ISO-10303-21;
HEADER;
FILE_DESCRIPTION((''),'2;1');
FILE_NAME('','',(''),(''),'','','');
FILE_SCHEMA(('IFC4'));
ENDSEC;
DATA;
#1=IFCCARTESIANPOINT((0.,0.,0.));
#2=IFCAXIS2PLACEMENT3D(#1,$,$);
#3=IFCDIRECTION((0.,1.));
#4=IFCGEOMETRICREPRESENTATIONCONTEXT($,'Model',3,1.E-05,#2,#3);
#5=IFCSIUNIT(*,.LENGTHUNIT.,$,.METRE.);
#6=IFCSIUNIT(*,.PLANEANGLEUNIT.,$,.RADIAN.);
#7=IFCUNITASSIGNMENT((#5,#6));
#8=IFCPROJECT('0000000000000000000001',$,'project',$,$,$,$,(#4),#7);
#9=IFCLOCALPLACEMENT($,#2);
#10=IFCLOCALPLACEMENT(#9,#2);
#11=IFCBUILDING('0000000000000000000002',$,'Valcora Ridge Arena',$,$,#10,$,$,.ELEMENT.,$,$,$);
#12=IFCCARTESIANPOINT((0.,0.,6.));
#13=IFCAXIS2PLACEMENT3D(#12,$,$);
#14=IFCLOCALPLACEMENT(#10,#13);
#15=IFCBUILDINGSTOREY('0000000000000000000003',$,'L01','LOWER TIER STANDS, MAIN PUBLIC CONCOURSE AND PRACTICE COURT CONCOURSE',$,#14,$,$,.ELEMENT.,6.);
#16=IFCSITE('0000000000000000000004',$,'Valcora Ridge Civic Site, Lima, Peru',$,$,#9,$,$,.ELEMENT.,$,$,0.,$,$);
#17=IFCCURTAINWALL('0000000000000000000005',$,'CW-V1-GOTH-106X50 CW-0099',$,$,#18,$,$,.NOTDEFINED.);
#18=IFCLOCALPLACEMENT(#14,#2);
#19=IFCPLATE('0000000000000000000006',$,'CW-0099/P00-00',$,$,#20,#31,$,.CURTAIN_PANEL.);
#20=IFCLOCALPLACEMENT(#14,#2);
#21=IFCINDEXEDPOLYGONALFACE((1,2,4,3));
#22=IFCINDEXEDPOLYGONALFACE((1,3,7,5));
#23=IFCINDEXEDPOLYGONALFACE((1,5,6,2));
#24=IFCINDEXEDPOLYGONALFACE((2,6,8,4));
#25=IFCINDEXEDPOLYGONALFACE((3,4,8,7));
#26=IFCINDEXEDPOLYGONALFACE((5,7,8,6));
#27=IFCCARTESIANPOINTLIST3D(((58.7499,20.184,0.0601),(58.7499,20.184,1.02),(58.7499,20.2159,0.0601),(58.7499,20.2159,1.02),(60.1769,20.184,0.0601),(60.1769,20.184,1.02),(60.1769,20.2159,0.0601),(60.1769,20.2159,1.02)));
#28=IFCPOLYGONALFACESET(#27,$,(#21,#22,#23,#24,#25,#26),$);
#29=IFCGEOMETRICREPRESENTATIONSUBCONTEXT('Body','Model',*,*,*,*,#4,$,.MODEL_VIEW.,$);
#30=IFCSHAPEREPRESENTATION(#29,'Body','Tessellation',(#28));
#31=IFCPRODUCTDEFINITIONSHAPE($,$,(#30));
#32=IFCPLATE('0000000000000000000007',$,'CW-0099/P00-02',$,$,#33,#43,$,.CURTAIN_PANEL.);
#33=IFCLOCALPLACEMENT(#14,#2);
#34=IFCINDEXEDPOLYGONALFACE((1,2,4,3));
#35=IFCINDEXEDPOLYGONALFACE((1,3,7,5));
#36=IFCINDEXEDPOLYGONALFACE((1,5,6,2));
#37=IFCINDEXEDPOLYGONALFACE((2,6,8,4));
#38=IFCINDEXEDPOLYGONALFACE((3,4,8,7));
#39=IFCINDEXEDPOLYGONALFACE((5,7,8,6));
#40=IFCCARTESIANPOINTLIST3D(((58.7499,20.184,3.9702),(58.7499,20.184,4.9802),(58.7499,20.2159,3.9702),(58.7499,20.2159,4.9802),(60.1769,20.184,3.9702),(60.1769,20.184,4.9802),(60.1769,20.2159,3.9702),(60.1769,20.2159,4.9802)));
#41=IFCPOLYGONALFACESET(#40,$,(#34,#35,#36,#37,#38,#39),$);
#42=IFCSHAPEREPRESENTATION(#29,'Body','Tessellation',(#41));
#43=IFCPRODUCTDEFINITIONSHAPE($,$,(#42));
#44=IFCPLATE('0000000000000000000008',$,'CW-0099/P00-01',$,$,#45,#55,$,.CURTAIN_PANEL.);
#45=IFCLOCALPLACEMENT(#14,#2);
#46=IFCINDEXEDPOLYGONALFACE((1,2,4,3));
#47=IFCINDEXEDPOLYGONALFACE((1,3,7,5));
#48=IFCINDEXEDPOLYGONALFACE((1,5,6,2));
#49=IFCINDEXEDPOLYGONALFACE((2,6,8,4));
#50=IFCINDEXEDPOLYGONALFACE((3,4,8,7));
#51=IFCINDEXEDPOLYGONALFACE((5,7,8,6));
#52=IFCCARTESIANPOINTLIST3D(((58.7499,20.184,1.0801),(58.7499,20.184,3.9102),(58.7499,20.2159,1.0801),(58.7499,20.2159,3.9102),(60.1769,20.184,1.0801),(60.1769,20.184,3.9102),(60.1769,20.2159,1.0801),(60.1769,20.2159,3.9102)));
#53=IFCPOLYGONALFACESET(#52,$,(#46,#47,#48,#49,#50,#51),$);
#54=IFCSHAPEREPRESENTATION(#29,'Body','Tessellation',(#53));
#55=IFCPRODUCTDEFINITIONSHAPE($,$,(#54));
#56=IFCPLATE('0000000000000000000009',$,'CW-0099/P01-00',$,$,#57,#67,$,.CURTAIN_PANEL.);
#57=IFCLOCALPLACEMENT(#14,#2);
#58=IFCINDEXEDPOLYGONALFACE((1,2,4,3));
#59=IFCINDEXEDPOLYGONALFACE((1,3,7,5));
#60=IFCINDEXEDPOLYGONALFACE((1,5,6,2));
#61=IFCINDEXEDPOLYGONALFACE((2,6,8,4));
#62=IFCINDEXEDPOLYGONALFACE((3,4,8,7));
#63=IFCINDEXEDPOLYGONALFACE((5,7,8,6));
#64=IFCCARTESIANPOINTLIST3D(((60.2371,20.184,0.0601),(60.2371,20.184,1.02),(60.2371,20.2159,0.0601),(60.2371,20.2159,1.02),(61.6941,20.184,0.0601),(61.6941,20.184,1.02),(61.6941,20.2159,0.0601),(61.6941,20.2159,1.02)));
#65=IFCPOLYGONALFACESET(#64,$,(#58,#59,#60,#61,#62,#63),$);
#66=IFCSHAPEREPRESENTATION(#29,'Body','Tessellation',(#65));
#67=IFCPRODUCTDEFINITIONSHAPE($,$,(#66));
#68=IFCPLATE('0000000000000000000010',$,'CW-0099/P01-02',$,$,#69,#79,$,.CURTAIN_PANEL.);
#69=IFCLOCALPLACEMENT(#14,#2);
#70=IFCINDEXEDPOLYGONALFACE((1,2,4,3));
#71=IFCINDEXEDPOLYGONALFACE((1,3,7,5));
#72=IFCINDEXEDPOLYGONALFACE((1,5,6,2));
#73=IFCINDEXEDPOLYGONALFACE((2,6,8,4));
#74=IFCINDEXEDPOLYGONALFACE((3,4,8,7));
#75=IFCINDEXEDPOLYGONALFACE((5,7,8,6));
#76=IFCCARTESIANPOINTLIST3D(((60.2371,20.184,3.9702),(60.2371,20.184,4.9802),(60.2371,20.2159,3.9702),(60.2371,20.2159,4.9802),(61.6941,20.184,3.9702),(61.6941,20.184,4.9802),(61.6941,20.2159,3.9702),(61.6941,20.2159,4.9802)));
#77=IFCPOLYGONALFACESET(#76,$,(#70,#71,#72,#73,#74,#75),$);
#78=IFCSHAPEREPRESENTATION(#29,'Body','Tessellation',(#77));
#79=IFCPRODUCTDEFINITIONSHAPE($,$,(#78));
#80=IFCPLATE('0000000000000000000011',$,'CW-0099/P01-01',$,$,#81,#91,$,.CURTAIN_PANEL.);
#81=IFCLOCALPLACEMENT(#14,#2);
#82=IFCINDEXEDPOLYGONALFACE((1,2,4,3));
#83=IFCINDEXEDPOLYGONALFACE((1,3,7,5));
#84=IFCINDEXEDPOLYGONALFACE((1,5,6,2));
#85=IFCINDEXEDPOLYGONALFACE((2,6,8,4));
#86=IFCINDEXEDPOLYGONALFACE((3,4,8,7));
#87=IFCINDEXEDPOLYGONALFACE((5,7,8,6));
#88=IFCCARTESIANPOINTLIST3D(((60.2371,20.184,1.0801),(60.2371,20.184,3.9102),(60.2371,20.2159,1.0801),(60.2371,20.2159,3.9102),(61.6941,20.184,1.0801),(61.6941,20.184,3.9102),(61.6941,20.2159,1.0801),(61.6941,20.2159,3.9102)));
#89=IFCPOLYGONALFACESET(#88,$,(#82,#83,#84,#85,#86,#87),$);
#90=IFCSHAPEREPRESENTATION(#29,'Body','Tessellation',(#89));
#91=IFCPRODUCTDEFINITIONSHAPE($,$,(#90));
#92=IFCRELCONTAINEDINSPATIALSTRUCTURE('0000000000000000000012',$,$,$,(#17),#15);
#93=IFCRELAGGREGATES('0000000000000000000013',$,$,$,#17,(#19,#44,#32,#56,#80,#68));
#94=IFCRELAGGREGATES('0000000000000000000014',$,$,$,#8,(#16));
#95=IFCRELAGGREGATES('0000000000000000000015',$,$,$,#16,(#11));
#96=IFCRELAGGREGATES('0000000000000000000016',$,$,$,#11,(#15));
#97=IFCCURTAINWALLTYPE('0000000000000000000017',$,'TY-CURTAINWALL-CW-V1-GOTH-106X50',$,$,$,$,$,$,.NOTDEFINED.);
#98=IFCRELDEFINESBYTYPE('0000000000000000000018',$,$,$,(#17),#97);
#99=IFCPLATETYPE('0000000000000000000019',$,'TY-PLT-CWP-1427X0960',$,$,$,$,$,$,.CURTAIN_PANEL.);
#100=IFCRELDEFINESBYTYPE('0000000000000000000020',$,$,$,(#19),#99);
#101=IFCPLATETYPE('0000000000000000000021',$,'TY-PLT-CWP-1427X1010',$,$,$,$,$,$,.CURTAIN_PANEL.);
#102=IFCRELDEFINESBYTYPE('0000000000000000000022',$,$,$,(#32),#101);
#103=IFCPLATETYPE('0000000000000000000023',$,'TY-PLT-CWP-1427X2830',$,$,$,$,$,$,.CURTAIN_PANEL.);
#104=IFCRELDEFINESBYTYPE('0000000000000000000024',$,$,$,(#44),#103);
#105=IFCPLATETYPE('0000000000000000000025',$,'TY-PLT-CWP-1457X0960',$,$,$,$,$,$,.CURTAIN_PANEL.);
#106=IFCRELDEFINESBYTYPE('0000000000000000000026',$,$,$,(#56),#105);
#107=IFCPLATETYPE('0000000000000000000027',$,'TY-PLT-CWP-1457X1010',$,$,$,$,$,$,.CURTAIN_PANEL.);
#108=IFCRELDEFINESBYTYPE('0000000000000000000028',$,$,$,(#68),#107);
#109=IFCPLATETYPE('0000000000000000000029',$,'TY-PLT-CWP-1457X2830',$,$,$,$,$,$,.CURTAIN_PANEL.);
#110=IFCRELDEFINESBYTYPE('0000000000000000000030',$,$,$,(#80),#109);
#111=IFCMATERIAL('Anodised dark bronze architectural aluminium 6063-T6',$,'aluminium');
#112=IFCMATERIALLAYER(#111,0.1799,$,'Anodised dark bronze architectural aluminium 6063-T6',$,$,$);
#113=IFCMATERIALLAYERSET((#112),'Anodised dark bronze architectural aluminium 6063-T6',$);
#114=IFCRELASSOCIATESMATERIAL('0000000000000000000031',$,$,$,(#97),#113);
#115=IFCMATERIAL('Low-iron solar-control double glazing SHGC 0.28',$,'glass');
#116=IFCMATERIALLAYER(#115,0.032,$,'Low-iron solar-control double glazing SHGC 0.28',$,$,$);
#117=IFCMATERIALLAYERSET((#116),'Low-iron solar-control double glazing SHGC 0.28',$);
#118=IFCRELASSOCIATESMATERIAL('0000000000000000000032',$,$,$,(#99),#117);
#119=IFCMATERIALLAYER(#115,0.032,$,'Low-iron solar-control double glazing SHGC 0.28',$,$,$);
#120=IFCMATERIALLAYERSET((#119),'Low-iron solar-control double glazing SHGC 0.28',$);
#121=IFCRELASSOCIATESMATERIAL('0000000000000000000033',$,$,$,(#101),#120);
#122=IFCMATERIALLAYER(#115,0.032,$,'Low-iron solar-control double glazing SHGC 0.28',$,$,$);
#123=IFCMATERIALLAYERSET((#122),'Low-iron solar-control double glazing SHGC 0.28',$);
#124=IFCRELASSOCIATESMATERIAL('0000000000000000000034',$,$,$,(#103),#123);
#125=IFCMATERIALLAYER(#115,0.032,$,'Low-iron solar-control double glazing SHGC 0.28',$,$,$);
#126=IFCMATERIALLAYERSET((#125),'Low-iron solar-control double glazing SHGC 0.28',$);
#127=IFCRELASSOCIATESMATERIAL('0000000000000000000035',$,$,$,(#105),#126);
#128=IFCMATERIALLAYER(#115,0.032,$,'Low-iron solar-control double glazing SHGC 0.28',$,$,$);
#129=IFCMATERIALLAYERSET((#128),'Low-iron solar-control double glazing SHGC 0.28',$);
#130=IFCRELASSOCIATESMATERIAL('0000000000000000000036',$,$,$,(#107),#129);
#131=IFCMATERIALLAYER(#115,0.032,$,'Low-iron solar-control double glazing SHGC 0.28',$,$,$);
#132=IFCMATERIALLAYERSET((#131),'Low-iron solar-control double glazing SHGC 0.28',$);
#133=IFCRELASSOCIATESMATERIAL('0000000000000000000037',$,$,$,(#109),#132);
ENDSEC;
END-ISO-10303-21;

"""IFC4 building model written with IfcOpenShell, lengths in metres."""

from ifc_helpers import new_model, si_unit, direction, frame, origin, origin_2d, place, context, subcontext, project, spatial, rectangle, extrude, material, layer, layer_set, type_object, element, aggregate, save


model = new_model("IFC4")

# Units and contexts
model_context = context("Model", 3, precision=1e-05, world=origin(), true_north=direction((0.0, 1.0)))
body_context = subcontext(model_context, "Body", "Model", "MODEL_VIEW")
ifc_project = project(units=[si_unit("LENGTHUNIT", "METRE"), si_unit("PLANEANGLEUNIT", "RADIAN")], contexts=[model_context])

# Site, building, storey
site_placement = place(None, origin())
site = spatial("IfcSite", under=ifc_project, at=site_placement, Name="Valcora Ridge Civic Site, Lima, Peru", CompositionType="ELEMENT", RefElevation=0.0)
building_placement = place(site_placement, origin())
building = spatial("IfcBuilding", under=site, at=building_placement, Name="Valcora Ridge Arena", CompositionType="ELEMENT")
storey_placement = place(building_placement, frame((0.0, 0.0, 6.0)))
storey = spatial("IfcBuildingStorey", under=building, at=storey_placement, Name="L01", Description="LOWER TIER STANDS, MAIN PUBLIC CONCOURSE AND PRACTICE COURT CONCOURSE", CompositionType="ELEMENT", Elevation=6.0)

# Shared definitions
ifc_material_1 = material(Name="Anodised dark bronze architectural aluminium 6063-T6", Category="aluminium")

# Curtain wall
ifc_layer_1 = layer(ifc_material_1, 0.1799, Name="Anodised dark bronze architectural aluminium 6063-T6")
ifc_layer_set_1 = layer_set([ifc_layer_1], Name="Anodised dark bronze architectural aluminium 6063-T6")
curtain_wall_type_1 = type_object("IfcCurtainWallType", Name="TY-CURTAINWALL-CW-V1-GOTH-106X50", PredefinedType="NOTDEFINED", material=ifc_layer_set_1)
curtain_wall_1_placement = place(storey_placement, origin())
curtain_wall_1 = element("IfcCurtainWall", 1, at=curtain_wall_1_placement, inside=storey, type_object=curtain_wall_type_1, Name="CW-V1-GOTH-106X50 CW-0099", PredefinedType="NOTDEFINED")

# Plates
ifc_material_2 = material(Name="Low-iron solar-control double glazing SHGC 0.28", Category="glass")
ifc_layer_2 = layer(ifc_material_2, 0.032, Name="Low-iron solar-control double glazing SHGC 0.28")
ifc_layer_set_2 = layer_set([ifc_layer_2], Name="Low-iron solar-control double glazing SHGC 0.28")
plate_type_1 = type_object("IfcPlateType", Name="TY-PLT-CWP-1427X0960", PredefinedType="CURTAIN_PANEL", material=ifc_layer_set_2)
plate_1_placement = place(storey_placement, frame((59.4634, 20.2, 0.0601), z_axis=(0.0, 0.0, 1.0), x_axis=(1.0, 0.0, 0.0)))
plate_1 = element("IfcPlate", 2, at=plate_1_placement, type_object=plate_type_1, Name="CW-0099/P00-00", PredefinedType="CURTAIN_PANEL", context=body_context, shape_type="SweptSolid", body=[
    extrude(rectangle(XDim=1.427, YDim=0.032, at=origin_2d()), origin(), (0.0, 0.0, 1.0), 0.96),
])
ifc_layer_3 = layer(ifc_material_2, 0.032, Name="Low-iron solar-control double glazing SHGC 0.28")
ifc_layer_set_3 = layer_set([ifc_layer_3], Name="Low-iron solar-control double glazing SHGC 0.28")
plate_type_2 = type_object("IfcPlateType", Name="TY-PLT-CWP-1427X1010", PredefinedType="CURTAIN_PANEL", material=ifc_layer_set_3)
plate_2_placement = place(storey_placement, frame((59.4634, 20.2, 3.9702), z_axis=(0.0, 0.0, 1.0), x_axis=(1.0, 0.0, 0.0)))
plate_2 = element("IfcPlate", 3, at=plate_2_placement, type_object=plate_type_2, Name="CW-0099/P00-02", PredefinedType="CURTAIN_PANEL", context=body_context, shape_type="SweptSolid", body=[
    extrude(rectangle(XDim=1.427, YDim=0.032, at=origin_2d()), origin(), (0.0, 0.0, 1.0), 1.01),
])
ifc_layer_4 = layer(ifc_material_2, 0.032, Name="Low-iron solar-control double glazing SHGC 0.28")
ifc_layer_set_4 = layer_set([ifc_layer_4], Name="Low-iron solar-control double glazing SHGC 0.28")
plate_type_3 = type_object("IfcPlateType", Name="TY-PLT-CWP-1427X2830", PredefinedType="CURTAIN_PANEL", material=ifc_layer_set_4)
plate_3_placement = place(storey_placement, frame((59.4634, 20.2, 1.0801), z_axis=(0.0, 0.0, 1.0), x_axis=(1.0, 0.0, 0.0)))
plate_3 = element("IfcPlate", 4, at=plate_3_placement, type_object=plate_type_3, Name="CW-0099/P00-01", PredefinedType="CURTAIN_PANEL", context=body_context, shape_type="SweptSolid", body=[
    extrude(rectangle(XDim=1.427, YDim=0.032, at=origin_2d()), origin(), (0.0, 0.0, 1.0), 2.8301),
])
ifc_layer_5 = layer(ifc_material_2, 0.032, Name="Low-iron solar-control double glazing SHGC 0.28")
ifc_layer_set_5 = layer_set([ifc_layer_5], Name="Low-iron solar-control double glazing SHGC 0.28")
plate_type_4 = type_object("IfcPlateType", Name="TY-PLT-CWP-1457X0960", PredefinedType="CURTAIN_PANEL", material=ifc_layer_set_5)
plate_4_placement = place(storey_placement, frame((60.9656, 20.2, 0.0601), z_axis=(0.0, 0.0, 1.0), x_axis=(1.0, 0.0, 0.0)))
plate_4 = element("IfcPlate", 5, at=plate_4_placement, type_object=plate_type_4, Name="CW-0099/P01-00", PredefinedType="CURTAIN_PANEL", context=body_context, shape_type="SweptSolid", body=[
    extrude(rectangle(XDim=1.457, YDim=0.032, at=origin_2d()), origin(), (0.0, 0.0, 1.0), 0.96),
])
ifc_layer_6 = layer(ifc_material_2, 0.032, Name="Low-iron solar-control double glazing SHGC 0.28")
ifc_layer_set_6 = layer_set([ifc_layer_6], Name="Low-iron solar-control double glazing SHGC 0.28")
plate_type_5 = type_object("IfcPlateType", Name="TY-PLT-CWP-1457X1010", PredefinedType="CURTAIN_PANEL", material=ifc_layer_set_6)
plate_5_placement = place(storey_placement, frame((60.9656, 20.2, 3.9702), z_axis=(0.0, 0.0, 1.0), x_axis=(1.0, 0.0, 0.0)))
plate_5 = element("IfcPlate", 6, at=plate_5_placement, type_object=plate_type_5, Name="CW-0099/P01-02", PredefinedType="CURTAIN_PANEL", context=body_context, shape_type="SweptSolid", body=[
    extrude(rectangle(XDim=1.457, YDim=0.032, at=origin_2d()), origin(), (0.0, 0.0, 1.0), 1.01),
])
ifc_layer_7 = layer(ifc_material_2, 0.032, Name="Low-iron solar-control double glazing SHGC 0.28")
ifc_layer_set_7 = layer_set([ifc_layer_7], Name="Low-iron solar-control double glazing SHGC 0.28")
plate_type_6 = type_object("IfcPlateType", Name="TY-PLT-CWP-1457X2830", PredefinedType="CURTAIN_PANEL", material=ifc_layer_set_7)
plate_6_placement = place(storey_placement, frame((60.9656, 20.2, 1.0801), z_axis=(0.0, 0.0, 1.0), x_axis=(1.0, 0.0, 0.0)))
plate_6 = element("IfcPlate", 7, at=plate_6_placement, type_object=plate_type_6, Name="CW-0099/P01-01", PredefinedType="CURTAIN_PANEL", context=body_context, shape_type="SweptSolid", body=[
    extrude(rectangle(XDim=1.457, YDim=0.032, at=origin_2d()), origin(), (0.0, 0.0, 1.0), 2.8301),
])
aggregate(curtain_wall_1, [plate_1, plate_3, plate_2, plate_4, plate_6, plate_5])

save(model, "model.ifc")
